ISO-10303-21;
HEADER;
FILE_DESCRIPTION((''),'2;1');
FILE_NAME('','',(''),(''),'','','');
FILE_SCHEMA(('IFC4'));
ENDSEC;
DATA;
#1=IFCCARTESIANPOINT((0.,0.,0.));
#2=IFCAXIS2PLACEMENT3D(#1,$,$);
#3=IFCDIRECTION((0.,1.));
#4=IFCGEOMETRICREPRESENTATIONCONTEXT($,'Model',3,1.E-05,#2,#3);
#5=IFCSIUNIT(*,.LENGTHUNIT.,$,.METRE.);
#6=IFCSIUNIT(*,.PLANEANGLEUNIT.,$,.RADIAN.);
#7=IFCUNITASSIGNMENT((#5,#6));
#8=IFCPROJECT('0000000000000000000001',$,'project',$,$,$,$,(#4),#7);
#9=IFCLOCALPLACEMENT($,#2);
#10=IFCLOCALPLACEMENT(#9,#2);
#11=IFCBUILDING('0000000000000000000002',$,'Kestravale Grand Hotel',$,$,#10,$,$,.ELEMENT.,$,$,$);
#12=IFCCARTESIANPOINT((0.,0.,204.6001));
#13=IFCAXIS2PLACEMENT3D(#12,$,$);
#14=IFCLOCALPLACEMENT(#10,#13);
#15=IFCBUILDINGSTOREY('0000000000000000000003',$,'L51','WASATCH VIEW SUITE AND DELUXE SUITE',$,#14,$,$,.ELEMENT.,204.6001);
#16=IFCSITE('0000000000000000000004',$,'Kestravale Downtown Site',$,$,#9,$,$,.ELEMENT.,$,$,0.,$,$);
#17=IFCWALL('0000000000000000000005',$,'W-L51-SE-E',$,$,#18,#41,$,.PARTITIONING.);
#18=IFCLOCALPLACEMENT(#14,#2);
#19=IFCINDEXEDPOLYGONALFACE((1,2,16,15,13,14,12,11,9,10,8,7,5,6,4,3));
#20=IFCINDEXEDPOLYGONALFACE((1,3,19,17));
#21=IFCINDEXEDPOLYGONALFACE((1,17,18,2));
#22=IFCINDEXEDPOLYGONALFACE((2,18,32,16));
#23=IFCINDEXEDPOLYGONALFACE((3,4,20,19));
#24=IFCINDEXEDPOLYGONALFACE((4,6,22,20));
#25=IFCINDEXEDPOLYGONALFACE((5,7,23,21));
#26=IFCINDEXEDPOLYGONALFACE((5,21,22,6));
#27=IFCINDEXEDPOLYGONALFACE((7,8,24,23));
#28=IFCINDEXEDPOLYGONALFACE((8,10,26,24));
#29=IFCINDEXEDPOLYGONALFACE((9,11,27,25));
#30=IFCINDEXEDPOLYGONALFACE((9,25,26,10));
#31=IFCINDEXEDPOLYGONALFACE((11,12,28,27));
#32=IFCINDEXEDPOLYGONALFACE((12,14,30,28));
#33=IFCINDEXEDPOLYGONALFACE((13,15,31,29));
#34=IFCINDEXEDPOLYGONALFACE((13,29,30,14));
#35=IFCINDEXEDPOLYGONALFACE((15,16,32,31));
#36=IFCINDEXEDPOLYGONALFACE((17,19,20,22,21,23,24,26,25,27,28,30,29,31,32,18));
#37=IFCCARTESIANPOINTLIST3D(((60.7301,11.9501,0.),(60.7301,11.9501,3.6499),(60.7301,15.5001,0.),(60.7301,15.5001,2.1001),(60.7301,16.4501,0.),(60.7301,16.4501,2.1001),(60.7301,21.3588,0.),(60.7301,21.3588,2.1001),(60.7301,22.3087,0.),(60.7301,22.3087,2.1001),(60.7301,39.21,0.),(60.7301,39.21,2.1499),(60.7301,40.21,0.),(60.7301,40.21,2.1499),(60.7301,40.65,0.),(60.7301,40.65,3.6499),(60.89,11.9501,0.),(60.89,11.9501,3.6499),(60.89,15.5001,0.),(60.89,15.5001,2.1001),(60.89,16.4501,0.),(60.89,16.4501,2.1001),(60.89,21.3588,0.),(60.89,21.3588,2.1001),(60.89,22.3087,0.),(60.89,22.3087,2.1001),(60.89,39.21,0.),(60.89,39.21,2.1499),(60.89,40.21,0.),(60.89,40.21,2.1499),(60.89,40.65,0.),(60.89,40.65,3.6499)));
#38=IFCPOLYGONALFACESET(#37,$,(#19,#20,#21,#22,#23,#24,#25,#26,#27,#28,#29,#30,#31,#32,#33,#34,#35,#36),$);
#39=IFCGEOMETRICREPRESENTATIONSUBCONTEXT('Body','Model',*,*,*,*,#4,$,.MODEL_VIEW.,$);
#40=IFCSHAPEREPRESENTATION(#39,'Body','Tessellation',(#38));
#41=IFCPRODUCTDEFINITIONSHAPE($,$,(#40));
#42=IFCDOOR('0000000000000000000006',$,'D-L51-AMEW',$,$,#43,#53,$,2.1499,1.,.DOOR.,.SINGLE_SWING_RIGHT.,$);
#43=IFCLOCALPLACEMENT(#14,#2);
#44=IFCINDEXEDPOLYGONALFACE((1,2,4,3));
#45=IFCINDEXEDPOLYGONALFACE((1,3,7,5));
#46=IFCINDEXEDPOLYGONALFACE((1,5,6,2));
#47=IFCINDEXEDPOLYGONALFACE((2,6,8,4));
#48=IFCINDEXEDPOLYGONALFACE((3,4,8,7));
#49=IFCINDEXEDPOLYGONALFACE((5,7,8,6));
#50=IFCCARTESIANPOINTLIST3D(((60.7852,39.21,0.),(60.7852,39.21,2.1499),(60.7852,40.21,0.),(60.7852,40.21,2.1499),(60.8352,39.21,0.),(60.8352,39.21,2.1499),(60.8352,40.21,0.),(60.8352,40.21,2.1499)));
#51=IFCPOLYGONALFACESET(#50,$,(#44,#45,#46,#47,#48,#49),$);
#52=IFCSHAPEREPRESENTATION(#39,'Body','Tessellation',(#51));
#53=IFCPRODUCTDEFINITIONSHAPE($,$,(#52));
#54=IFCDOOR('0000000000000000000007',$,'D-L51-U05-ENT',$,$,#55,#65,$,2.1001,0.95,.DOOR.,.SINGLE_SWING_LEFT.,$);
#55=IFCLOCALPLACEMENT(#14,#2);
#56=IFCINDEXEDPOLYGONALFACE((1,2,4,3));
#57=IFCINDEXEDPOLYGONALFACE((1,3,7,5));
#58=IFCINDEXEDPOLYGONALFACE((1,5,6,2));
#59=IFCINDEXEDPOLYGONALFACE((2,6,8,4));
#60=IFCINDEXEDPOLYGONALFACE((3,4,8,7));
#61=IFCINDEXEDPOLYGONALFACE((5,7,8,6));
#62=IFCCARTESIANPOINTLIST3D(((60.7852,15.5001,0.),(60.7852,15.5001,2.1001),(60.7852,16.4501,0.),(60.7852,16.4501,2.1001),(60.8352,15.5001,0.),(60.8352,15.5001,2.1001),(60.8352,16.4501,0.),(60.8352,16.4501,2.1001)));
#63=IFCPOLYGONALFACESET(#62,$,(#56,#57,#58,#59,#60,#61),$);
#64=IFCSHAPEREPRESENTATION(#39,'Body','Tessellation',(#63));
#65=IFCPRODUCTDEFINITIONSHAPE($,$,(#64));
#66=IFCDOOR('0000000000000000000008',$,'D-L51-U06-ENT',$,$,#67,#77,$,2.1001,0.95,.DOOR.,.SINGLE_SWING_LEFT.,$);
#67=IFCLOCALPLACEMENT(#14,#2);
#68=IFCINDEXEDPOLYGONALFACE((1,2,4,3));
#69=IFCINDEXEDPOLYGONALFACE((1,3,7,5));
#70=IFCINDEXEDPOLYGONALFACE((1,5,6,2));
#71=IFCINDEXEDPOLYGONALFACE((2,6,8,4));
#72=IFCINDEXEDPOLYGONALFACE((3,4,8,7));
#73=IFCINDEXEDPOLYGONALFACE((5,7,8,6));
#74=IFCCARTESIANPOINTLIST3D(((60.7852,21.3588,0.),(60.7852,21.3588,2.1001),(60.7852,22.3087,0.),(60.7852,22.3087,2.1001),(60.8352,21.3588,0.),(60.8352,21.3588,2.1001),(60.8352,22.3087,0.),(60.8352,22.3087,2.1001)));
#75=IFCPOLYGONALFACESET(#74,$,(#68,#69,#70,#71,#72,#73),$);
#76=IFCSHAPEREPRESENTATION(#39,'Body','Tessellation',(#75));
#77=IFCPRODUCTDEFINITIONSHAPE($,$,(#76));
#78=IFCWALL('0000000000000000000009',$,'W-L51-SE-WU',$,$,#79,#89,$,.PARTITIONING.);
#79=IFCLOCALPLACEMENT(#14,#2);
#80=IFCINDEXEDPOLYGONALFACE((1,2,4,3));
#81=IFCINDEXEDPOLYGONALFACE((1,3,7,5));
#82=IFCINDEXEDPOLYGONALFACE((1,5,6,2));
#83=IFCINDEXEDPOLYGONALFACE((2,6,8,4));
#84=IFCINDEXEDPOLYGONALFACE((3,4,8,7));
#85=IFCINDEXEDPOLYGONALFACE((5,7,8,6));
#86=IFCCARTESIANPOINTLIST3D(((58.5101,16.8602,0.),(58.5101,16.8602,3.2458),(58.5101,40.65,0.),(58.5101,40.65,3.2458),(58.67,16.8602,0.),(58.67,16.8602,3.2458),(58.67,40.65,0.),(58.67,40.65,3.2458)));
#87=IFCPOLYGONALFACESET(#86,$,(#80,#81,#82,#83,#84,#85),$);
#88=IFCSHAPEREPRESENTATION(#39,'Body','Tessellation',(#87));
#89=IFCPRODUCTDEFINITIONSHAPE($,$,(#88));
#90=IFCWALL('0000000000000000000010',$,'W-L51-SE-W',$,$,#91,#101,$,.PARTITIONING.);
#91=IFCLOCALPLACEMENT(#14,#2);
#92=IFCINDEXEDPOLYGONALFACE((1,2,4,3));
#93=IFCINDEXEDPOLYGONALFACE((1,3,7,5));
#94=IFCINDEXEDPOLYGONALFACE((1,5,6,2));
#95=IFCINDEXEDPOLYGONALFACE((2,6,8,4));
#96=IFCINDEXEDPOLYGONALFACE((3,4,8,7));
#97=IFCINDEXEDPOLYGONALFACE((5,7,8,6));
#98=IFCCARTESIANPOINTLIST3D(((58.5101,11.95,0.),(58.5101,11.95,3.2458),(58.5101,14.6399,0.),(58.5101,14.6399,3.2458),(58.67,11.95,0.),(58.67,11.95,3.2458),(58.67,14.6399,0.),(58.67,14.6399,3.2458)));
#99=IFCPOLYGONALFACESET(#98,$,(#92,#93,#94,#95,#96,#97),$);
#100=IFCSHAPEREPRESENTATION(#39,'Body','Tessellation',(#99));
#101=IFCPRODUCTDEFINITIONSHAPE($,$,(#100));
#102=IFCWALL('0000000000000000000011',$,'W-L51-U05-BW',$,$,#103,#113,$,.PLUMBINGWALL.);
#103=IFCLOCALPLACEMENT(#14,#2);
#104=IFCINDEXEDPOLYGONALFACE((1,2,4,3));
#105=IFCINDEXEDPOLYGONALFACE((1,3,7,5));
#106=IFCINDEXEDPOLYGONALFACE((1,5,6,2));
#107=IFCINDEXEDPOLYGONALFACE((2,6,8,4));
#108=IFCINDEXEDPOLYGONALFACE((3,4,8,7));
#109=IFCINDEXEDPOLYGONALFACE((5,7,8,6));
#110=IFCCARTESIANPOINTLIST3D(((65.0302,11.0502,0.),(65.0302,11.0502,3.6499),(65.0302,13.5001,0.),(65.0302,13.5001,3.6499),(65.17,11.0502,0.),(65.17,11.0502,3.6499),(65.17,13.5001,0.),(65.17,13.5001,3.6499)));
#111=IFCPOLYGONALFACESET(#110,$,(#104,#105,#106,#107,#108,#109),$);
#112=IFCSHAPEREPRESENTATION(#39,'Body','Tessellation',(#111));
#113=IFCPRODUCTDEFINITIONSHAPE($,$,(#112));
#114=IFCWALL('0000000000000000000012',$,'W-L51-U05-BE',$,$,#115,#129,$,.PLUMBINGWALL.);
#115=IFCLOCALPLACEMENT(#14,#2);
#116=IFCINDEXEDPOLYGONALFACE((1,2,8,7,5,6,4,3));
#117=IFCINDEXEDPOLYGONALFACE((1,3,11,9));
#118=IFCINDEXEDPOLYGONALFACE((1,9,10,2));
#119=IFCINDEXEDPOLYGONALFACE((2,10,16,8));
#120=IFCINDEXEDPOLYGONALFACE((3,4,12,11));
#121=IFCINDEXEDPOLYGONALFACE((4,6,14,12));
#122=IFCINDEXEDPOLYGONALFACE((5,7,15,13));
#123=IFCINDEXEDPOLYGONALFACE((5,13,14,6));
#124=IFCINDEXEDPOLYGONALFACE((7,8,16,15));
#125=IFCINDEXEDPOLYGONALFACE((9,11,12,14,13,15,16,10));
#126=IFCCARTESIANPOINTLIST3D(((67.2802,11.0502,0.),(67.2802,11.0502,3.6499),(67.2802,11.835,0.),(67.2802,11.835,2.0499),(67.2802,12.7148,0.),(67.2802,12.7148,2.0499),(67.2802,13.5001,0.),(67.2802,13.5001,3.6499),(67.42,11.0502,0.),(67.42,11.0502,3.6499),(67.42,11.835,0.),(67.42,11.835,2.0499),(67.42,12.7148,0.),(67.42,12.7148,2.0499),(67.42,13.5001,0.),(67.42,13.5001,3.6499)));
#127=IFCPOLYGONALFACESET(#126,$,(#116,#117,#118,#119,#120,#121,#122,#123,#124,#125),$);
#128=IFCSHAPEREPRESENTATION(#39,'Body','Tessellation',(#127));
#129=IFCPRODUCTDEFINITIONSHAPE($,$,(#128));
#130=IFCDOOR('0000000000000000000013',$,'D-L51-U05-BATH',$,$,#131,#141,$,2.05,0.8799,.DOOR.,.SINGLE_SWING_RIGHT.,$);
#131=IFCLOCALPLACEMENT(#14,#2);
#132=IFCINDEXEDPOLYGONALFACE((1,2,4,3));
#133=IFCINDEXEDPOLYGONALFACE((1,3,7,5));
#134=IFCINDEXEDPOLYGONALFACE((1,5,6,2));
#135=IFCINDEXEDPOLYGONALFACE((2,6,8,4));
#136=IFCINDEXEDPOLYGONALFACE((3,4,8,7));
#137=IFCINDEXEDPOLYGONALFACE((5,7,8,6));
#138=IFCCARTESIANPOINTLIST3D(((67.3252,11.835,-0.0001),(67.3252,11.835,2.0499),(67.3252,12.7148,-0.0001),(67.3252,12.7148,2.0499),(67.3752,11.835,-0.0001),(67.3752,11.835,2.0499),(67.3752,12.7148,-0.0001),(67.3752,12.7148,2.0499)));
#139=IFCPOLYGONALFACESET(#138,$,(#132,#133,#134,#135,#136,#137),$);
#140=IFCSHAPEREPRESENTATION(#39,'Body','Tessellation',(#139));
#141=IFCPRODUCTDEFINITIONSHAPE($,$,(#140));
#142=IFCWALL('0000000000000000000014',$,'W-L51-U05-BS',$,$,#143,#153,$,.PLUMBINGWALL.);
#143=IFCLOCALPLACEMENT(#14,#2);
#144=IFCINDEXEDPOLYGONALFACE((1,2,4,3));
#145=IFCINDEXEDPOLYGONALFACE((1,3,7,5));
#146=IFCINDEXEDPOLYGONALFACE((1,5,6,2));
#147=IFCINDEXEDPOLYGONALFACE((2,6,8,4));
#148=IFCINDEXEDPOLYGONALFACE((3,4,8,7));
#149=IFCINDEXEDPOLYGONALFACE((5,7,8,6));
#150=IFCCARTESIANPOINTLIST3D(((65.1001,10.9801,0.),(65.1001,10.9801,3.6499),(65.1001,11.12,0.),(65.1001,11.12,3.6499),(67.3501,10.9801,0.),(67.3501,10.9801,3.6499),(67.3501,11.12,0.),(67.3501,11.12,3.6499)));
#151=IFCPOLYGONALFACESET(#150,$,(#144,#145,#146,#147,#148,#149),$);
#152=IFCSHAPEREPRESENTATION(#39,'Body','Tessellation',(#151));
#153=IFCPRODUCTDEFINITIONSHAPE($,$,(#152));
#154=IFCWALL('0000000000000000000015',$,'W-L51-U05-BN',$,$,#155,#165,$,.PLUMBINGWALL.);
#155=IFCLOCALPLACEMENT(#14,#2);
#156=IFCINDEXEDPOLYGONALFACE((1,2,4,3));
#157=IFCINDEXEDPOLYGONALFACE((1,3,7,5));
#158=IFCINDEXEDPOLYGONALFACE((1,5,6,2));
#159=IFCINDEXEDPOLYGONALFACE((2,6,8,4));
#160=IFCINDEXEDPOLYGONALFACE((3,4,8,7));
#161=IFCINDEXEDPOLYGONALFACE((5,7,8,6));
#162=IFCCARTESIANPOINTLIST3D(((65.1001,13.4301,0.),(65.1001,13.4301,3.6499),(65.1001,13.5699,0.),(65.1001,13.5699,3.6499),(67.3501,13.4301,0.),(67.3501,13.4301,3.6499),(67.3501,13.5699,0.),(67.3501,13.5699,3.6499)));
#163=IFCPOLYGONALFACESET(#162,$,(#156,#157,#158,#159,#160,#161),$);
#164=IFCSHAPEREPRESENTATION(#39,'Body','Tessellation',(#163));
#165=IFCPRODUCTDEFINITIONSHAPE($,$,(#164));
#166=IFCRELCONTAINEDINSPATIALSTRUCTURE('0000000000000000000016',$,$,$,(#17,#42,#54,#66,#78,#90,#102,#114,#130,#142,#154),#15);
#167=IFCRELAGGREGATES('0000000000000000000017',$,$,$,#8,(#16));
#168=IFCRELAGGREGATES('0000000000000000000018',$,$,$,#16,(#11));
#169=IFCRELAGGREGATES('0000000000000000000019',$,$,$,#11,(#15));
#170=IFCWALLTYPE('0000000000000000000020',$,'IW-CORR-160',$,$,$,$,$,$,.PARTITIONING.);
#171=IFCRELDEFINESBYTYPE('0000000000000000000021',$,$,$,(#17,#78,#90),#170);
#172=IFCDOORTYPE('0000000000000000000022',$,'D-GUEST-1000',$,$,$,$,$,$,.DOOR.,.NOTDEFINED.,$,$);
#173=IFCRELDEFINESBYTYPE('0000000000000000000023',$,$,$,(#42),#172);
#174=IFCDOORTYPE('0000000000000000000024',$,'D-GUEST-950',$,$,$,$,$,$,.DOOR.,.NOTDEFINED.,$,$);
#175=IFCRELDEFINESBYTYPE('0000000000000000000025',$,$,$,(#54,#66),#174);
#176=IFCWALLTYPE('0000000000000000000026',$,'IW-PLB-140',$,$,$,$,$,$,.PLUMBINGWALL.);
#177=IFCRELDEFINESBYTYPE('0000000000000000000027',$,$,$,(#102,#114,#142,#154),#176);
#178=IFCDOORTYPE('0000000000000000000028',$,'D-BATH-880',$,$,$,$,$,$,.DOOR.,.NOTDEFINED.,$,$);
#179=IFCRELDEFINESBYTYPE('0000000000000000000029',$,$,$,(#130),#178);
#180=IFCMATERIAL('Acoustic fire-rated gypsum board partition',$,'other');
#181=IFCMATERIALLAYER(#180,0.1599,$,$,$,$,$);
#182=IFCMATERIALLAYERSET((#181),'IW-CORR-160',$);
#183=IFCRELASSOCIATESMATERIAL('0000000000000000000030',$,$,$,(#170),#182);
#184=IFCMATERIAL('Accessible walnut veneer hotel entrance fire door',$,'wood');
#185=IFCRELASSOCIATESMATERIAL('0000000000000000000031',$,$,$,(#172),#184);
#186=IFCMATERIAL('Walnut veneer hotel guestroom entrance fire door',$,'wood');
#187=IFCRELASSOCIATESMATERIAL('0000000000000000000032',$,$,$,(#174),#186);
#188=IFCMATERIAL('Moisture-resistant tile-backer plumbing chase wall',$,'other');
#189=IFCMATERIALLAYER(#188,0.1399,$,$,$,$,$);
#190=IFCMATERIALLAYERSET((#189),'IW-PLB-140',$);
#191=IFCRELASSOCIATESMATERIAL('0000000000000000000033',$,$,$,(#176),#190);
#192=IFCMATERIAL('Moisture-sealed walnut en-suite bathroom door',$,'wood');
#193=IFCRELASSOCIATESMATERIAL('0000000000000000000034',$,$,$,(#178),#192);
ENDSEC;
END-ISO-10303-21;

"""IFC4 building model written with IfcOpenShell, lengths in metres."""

from ifc_helpers import new_model, si_unit, direction, frame, frame_2d, origin, place, context, subcontext, project, spatial, rectangle, extrude, material, layer, layer_set, type_object, element, fill, save


model = new_model("IFC4")

# Units and contexts
model_context = context("Model", 3, precision=1e-05, world=origin(), true_north=direction((0.0, 1.0)))
body_context = subcontext(model_context, "Body", "Model", "MODEL_VIEW")
ifc_project = project(units=[si_unit("LENGTHUNIT", "METRE"), si_unit("PLANEANGLEUNIT", "RADIAN")], contexts=[model_context])

# Site, building, storey
site_placement = place(None, origin())
site = spatial("IfcSite", under=ifc_project, at=site_placement, Name="Kestravale Downtown Site", CompositionType="ELEMENT", RefElevation=0.0)
building_placement = place(site_placement, origin())
building = spatial("IfcBuilding", under=site, at=building_placement, Name="Kestravale Grand Hotel", CompositionType="ELEMENT")
storey_placement = place(building_placement, frame((0.0, 0.0, 204.6001)))
storey = spatial("IfcBuildingStorey", under=building, at=storey_placement, Name="L51", Description="WASATCH VIEW SUITE AND DELUXE SUITE", CompositionType="ELEMENT", Elevation=204.6001)

# Wall, openings, doors
ifc_material_1 = material(Name="Acoustic fire-rated gypsum board partition", Category="other")
ifc_layer_1 = layer(ifc_material_1, 0.1599)
ifc_layer_set_1 = layer_set([ifc_layer_1], Name="IW-CORR-160")
wall_type_1 = type_object("IfcWallType", Name="IW-CORR-160", PredefinedType="PARTITIONING", material=ifc_layer_set_1)
wall_1_placement = place(storey_placement, frame((60.8101, 11.95, 0.0), z_axis=(0.0, 0.0, 1.0), x_axis=(0.0, 1.0, 0.0)))
wall_1 = element("IfcWall", 1, at=wall_1_placement, inside=storey, type_object=wall_type_1, Name="W-L51-SE-E", PredefinedType="PARTITIONING", context=body_context, shape_type="SweptSolid", body=[
    extrude(rectangle(XDim=28.7, YDim=0.1599, at=frame_2d((14.3501, 0.0))), origin(), (0.0, 0.0, 1.0), 3.6499),
])
opening_1_placement = place(wall_1_placement, frame((3.55, 0.0, 0.0)))
opening_1 = element("IfcOpeningElement", 2, at=opening_1_placement, cuts=wall_1, PredefinedType="OPENING", context=body_context, shape_type="SweptSolid", body=[
    extrude(rectangle(XDim=0.95, YDim=2.1001, at=frame_2d((0.4751, 1.05))), frame((0.0, 0.0898, 0.0), z_axis=(0.0, -1.0, 0.0), x_axis=(1.0, 0.0, 0.0)), (0.0, 0.0, 1.0), 0.1799),
])
opening_2_placement = place(wall_1_placement, frame((9.4087, 0.0, 0.0)))
opening_2 = element("IfcOpeningElement", 3, at=opening_2_placement, cuts=wall_1, PredefinedType="OPENING", context=body_context, shape_type="SweptSolid", body=[
    extrude(rectangle(XDim=0.95, YDim=2.1001, at=frame_2d((0.4751, 1.05))), frame((0.0, 0.0898, 0.0), z_axis=(0.0, -1.0, 0.0), x_axis=(1.0, 0.0, 0.0)), (0.0, 0.0, 1.0), 0.1799),
])
opening_3_placement = place(wall_1_placement, frame((27.26, 0.0, 0.0)))
opening_3 = element("IfcOpeningElement", 4, at=opening_3_placement, cuts=wall_1, PredefinedType="OPENING", context=body_context, shape_type="SweptSolid", body=[
    extrude(rectangle(XDim=1.0, YDim=2.1499, at=frame_2d((0.5, 1.075))), frame((0.0, 0.0898, 0.0), z_axis=(0.0, -1.0, 0.0), x_axis=(1.0, 0.0, 0.0)), (0.0, 0.0, 1.0), 0.1799),
])
ifc_material_2 = material(Name="Accessible walnut veneer hotel entrance fire door", Category="wood")
door_type_1 = type_object("IfcDoorType", Name="D-GUEST-1000", OperationType="NOTDEFINED", PredefinedType="DOOR", material=ifc_material_2)
door_1_placement = place(opening_3_placement, origin())
door_1 = element("IfcDoor", 5, at=door_1_placement, inside=storey, type_object=door_type_1, Name="D-L51-AMEW", OperationType="SINGLE_SWING_RIGHT", OverallHeight=2.1499, OverallWidth=1.0, PredefinedType="DOOR", context=body_context, shape_type="SweptSolid", body=[
    extrude(rectangle(XDim=1.0, YDim=2.1499, at=frame_2d((0.5, 1.075))), frame((0.0, 0.0249, 0.0), z_axis=(0.0, -1.0, 0.0), x_axis=(1.0, 0.0, 0.0)), (0.0, 0.0, 1.0), 0.05),
])
fill(opening_3, door_1)
ifc_material_3 = material(Name="Walnut veneer hotel guestroom entrance fire door", Category="wood")
door_type_2 = type_object("IfcDoorType", Name="D-GUEST-950", OperationType="NOTDEFINED", PredefinedType="DOOR", material=ifc_material_3)
door_2_placement = place(opening_1_placement, origin())
door_2 = element("IfcDoor", 6, at=door_2_placement, inside=storey, type_object=door_type_2, Name="D-L51-U05-ENT", OperationType="SINGLE_SWING_LEFT", OverallHeight=2.1001, OverallWidth=0.95, PredefinedType="DOOR", context=body_context, shape_type="SweptSolid", body=[
    extrude(rectangle(XDim=0.95, YDim=2.1001, at=frame_2d((0.4751, 1.05))), frame((0.0, 0.0249, 0.0), z_axis=(0.0, -1.0, 0.0), x_axis=(1.0, 0.0, 0.0)), (0.0, 0.0, 1.0), 0.05),
])
fill(opening_1, door_2)
door_3_placement = place(opening_2_placement, origin())
door_3 = element("IfcDoor", 7, at=door_3_placement, inside=storey, type_object=door_type_2, Name="D-L51-U06-ENT", OperationType="SINGLE_SWING_LEFT", OverallHeight=2.1001, OverallWidth=0.95, PredefinedType="DOOR", context=body_context, shape_type="SweptSolid", body=[
    extrude(rectangle(XDim=0.95, YDim=2.1001, at=frame_2d((0.4751, 1.05))), frame((0.0, 0.0249, 0.0), z_axis=(0.0, -1.0, 0.0), x_axis=(1.0, 0.0, 0.0)), (0.0, 0.0, 1.0), 0.05),
])
fill(opening_2, door_3)

# Walls
wall_2_placement = place(storey_placement, frame((58.5901, 16.8601, 0.0), z_axis=(0.0, 0.0, 1.0), x_axis=(0.0, 1.0, 0.0)))
element("IfcWall", 8, at=wall_2_placement, inside=storey, type_object=wall_type_1, Name="W-L51-SE-WU", PredefinedType="PARTITIONING", context=body_context, shape_type="SweptSolid", body=[
    extrude(rectangle(XDim=23.7898, YDim=0.1599, at=frame_2d((11.895, 0.0))), origin(), (0.0, 0.0, 1.0), 3.2458),
])
wall_3_placement = place(storey_placement, frame((58.5901, 11.95, 0.0), z_axis=(0.0, 0.0, 1.0), x_axis=(0.0, 1.0, 0.0)))
element("IfcWall", 9, at=wall_3_placement, inside=storey, type_object=wall_type_1, Name="W-L51-SE-W", PredefinedType="PARTITIONING", context=body_context, shape_type="SweptSolid", body=[
    extrude(rectangle(XDim=2.6899, YDim=0.1599, at=frame_2d((1.345, 0.0))), origin(), (0.0, 0.0, 1.0), 3.2458),
])
ifc_material_4 = material(Name="Moisture-resistant tile-backer plumbing chase wall", Category="other")
ifc_layer_2 = layer(ifc_material_4, 0.1399)
ifc_layer_set_2 = layer_set([ifc_layer_2], Name="IW-PLB-140")
wall_type_2 = type_object("IfcWallType", Name="IW-PLB-140", PredefinedType="PLUMBINGWALL", material=ifc_layer_set_2)
wall_4_placement = place(storey_placement, frame((65.1001, 11.05, 0.0), z_axis=(0.0, 0.0, 1.0), x_axis=(0.0, 1.0, 0.0)))
element("IfcWall", 10, at=wall_4_placement, inside=storey, type_object=wall_type_2, Name="W-L51-U05-BW", PredefinedType="PLUMBINGWALL", context=body_context, shape_type="SweptSolid", body=[
    extrude(rectangle(XDim=2.45, YDim=0.1399, at=frame_2d((1.2251, 0.0))), origin(), (0.0, 0.0, 1.0), 3.6499),
])

# Wall, opening, door
wall_5_placement = place(storey_placement, frame((67.3501, 11.05, 0.0), z_axis=(0.0, 0.0, 1.0), x_axis=(0.0, 1.0, 0.0)))
wall_5 = element("IfcWall", 11, at=wall_5_placement, inside=storey, type_object=wall_type_2, Name="W-L51-U05-BE", PredefinedType="PLUMBINGWALL", context=body_context, shape_type="SweptSolid", body=[
    extrude(rectangle(XDim=2.45, YDim=0.1399, at=frame_2d((1.2251, 0.0))), origin(), (0.0, 0.0, 1.0), 3.6499),
])
opening_4_placement = place(wall_5_placement, frame((0.7849, 0.0, 0.0)))
opening_4 = element("IfcOpeningElement", 12, at=opening_4_placement, cuts=wall_5, PredefinedType="OPENING", context=body_context, shape_type="SweptSolid", body=[
    extrude(rectangle(XDim=0.8799, YDim=2.05, at=frame_2d((0.4399, 1.0249))), frame((0.0, 0.0798, 0.0), z_axis=(0.0, -1.0, 0.0), x_axis=(1.0, 0.0, 0.0)), (0.0, 0.0, 1.0), 0.1599),
])
ifc_material_5 = material(Name="Moisture-sealed walnut en-suite bathroom door", Category="wood")
door_type_3 = type_object("IfcDoorType", Name="D-BATH-880", OperationType="NOTDEFINED", PredefinedType="DOOR", material=ifc_material_5)
door_4_placement = place(opening_4_placement, origin())
door_4 = element("IfcDoor", 13, at=door_4_placement, inside=storey, type_object=door_type_3, Name="D-L51-U05-BATH", OperationType="SINGLE_SWING_RIGHT", OverallHeight=2.05, OverallWidth=0.8799, PredefinedType="DOOR", context=body_context, shape_type="SweptSolid", body=[
    extrude(rectangle(XDim=0.8799, YDim=2.05, at=frame_2d((0.4399, 1.0249))), frame((0.0, 0.0249, 0.0), z_axis=(0.0, -1.0, 0.0), x_axis=(1.0, 0.0, 0.0)), (0.0, 0.0, 1.0), 0.05),
])
fill(opening_4, door_4)

# Walls
for number, where, z_axis, x_axis, name in (
    (14, (65.1001, 11.05, 0.0), (0.0, 0.0, 1.0), (1.0, 0.0, 0.0), "W-L51-U05-BS"),
    (15, (65.1001, 13.5, 0.0), (0.0, 0.0, 1.0), (1.0, 0.0, 0.0), "W-L51-U05-BN"),
):
    element("IfcWall", number, at=place(storey_placement, frame(where, z_axis=z_axis, x_axis=x_axis)), inside=storey, type_object=wall_type_2, Name=name, PredefinedType="PLUMBINGWALL", context=body_context, shape_type="SweptSolid", body=[
        extrude(rectangle(XDim=2.25, YDim=0.1399, at=frame_2d((1.125, 0.0))), origin(), (0.0, 0.0, 1.0), 3.6499),
    ])

save(model, "model.ifc")
